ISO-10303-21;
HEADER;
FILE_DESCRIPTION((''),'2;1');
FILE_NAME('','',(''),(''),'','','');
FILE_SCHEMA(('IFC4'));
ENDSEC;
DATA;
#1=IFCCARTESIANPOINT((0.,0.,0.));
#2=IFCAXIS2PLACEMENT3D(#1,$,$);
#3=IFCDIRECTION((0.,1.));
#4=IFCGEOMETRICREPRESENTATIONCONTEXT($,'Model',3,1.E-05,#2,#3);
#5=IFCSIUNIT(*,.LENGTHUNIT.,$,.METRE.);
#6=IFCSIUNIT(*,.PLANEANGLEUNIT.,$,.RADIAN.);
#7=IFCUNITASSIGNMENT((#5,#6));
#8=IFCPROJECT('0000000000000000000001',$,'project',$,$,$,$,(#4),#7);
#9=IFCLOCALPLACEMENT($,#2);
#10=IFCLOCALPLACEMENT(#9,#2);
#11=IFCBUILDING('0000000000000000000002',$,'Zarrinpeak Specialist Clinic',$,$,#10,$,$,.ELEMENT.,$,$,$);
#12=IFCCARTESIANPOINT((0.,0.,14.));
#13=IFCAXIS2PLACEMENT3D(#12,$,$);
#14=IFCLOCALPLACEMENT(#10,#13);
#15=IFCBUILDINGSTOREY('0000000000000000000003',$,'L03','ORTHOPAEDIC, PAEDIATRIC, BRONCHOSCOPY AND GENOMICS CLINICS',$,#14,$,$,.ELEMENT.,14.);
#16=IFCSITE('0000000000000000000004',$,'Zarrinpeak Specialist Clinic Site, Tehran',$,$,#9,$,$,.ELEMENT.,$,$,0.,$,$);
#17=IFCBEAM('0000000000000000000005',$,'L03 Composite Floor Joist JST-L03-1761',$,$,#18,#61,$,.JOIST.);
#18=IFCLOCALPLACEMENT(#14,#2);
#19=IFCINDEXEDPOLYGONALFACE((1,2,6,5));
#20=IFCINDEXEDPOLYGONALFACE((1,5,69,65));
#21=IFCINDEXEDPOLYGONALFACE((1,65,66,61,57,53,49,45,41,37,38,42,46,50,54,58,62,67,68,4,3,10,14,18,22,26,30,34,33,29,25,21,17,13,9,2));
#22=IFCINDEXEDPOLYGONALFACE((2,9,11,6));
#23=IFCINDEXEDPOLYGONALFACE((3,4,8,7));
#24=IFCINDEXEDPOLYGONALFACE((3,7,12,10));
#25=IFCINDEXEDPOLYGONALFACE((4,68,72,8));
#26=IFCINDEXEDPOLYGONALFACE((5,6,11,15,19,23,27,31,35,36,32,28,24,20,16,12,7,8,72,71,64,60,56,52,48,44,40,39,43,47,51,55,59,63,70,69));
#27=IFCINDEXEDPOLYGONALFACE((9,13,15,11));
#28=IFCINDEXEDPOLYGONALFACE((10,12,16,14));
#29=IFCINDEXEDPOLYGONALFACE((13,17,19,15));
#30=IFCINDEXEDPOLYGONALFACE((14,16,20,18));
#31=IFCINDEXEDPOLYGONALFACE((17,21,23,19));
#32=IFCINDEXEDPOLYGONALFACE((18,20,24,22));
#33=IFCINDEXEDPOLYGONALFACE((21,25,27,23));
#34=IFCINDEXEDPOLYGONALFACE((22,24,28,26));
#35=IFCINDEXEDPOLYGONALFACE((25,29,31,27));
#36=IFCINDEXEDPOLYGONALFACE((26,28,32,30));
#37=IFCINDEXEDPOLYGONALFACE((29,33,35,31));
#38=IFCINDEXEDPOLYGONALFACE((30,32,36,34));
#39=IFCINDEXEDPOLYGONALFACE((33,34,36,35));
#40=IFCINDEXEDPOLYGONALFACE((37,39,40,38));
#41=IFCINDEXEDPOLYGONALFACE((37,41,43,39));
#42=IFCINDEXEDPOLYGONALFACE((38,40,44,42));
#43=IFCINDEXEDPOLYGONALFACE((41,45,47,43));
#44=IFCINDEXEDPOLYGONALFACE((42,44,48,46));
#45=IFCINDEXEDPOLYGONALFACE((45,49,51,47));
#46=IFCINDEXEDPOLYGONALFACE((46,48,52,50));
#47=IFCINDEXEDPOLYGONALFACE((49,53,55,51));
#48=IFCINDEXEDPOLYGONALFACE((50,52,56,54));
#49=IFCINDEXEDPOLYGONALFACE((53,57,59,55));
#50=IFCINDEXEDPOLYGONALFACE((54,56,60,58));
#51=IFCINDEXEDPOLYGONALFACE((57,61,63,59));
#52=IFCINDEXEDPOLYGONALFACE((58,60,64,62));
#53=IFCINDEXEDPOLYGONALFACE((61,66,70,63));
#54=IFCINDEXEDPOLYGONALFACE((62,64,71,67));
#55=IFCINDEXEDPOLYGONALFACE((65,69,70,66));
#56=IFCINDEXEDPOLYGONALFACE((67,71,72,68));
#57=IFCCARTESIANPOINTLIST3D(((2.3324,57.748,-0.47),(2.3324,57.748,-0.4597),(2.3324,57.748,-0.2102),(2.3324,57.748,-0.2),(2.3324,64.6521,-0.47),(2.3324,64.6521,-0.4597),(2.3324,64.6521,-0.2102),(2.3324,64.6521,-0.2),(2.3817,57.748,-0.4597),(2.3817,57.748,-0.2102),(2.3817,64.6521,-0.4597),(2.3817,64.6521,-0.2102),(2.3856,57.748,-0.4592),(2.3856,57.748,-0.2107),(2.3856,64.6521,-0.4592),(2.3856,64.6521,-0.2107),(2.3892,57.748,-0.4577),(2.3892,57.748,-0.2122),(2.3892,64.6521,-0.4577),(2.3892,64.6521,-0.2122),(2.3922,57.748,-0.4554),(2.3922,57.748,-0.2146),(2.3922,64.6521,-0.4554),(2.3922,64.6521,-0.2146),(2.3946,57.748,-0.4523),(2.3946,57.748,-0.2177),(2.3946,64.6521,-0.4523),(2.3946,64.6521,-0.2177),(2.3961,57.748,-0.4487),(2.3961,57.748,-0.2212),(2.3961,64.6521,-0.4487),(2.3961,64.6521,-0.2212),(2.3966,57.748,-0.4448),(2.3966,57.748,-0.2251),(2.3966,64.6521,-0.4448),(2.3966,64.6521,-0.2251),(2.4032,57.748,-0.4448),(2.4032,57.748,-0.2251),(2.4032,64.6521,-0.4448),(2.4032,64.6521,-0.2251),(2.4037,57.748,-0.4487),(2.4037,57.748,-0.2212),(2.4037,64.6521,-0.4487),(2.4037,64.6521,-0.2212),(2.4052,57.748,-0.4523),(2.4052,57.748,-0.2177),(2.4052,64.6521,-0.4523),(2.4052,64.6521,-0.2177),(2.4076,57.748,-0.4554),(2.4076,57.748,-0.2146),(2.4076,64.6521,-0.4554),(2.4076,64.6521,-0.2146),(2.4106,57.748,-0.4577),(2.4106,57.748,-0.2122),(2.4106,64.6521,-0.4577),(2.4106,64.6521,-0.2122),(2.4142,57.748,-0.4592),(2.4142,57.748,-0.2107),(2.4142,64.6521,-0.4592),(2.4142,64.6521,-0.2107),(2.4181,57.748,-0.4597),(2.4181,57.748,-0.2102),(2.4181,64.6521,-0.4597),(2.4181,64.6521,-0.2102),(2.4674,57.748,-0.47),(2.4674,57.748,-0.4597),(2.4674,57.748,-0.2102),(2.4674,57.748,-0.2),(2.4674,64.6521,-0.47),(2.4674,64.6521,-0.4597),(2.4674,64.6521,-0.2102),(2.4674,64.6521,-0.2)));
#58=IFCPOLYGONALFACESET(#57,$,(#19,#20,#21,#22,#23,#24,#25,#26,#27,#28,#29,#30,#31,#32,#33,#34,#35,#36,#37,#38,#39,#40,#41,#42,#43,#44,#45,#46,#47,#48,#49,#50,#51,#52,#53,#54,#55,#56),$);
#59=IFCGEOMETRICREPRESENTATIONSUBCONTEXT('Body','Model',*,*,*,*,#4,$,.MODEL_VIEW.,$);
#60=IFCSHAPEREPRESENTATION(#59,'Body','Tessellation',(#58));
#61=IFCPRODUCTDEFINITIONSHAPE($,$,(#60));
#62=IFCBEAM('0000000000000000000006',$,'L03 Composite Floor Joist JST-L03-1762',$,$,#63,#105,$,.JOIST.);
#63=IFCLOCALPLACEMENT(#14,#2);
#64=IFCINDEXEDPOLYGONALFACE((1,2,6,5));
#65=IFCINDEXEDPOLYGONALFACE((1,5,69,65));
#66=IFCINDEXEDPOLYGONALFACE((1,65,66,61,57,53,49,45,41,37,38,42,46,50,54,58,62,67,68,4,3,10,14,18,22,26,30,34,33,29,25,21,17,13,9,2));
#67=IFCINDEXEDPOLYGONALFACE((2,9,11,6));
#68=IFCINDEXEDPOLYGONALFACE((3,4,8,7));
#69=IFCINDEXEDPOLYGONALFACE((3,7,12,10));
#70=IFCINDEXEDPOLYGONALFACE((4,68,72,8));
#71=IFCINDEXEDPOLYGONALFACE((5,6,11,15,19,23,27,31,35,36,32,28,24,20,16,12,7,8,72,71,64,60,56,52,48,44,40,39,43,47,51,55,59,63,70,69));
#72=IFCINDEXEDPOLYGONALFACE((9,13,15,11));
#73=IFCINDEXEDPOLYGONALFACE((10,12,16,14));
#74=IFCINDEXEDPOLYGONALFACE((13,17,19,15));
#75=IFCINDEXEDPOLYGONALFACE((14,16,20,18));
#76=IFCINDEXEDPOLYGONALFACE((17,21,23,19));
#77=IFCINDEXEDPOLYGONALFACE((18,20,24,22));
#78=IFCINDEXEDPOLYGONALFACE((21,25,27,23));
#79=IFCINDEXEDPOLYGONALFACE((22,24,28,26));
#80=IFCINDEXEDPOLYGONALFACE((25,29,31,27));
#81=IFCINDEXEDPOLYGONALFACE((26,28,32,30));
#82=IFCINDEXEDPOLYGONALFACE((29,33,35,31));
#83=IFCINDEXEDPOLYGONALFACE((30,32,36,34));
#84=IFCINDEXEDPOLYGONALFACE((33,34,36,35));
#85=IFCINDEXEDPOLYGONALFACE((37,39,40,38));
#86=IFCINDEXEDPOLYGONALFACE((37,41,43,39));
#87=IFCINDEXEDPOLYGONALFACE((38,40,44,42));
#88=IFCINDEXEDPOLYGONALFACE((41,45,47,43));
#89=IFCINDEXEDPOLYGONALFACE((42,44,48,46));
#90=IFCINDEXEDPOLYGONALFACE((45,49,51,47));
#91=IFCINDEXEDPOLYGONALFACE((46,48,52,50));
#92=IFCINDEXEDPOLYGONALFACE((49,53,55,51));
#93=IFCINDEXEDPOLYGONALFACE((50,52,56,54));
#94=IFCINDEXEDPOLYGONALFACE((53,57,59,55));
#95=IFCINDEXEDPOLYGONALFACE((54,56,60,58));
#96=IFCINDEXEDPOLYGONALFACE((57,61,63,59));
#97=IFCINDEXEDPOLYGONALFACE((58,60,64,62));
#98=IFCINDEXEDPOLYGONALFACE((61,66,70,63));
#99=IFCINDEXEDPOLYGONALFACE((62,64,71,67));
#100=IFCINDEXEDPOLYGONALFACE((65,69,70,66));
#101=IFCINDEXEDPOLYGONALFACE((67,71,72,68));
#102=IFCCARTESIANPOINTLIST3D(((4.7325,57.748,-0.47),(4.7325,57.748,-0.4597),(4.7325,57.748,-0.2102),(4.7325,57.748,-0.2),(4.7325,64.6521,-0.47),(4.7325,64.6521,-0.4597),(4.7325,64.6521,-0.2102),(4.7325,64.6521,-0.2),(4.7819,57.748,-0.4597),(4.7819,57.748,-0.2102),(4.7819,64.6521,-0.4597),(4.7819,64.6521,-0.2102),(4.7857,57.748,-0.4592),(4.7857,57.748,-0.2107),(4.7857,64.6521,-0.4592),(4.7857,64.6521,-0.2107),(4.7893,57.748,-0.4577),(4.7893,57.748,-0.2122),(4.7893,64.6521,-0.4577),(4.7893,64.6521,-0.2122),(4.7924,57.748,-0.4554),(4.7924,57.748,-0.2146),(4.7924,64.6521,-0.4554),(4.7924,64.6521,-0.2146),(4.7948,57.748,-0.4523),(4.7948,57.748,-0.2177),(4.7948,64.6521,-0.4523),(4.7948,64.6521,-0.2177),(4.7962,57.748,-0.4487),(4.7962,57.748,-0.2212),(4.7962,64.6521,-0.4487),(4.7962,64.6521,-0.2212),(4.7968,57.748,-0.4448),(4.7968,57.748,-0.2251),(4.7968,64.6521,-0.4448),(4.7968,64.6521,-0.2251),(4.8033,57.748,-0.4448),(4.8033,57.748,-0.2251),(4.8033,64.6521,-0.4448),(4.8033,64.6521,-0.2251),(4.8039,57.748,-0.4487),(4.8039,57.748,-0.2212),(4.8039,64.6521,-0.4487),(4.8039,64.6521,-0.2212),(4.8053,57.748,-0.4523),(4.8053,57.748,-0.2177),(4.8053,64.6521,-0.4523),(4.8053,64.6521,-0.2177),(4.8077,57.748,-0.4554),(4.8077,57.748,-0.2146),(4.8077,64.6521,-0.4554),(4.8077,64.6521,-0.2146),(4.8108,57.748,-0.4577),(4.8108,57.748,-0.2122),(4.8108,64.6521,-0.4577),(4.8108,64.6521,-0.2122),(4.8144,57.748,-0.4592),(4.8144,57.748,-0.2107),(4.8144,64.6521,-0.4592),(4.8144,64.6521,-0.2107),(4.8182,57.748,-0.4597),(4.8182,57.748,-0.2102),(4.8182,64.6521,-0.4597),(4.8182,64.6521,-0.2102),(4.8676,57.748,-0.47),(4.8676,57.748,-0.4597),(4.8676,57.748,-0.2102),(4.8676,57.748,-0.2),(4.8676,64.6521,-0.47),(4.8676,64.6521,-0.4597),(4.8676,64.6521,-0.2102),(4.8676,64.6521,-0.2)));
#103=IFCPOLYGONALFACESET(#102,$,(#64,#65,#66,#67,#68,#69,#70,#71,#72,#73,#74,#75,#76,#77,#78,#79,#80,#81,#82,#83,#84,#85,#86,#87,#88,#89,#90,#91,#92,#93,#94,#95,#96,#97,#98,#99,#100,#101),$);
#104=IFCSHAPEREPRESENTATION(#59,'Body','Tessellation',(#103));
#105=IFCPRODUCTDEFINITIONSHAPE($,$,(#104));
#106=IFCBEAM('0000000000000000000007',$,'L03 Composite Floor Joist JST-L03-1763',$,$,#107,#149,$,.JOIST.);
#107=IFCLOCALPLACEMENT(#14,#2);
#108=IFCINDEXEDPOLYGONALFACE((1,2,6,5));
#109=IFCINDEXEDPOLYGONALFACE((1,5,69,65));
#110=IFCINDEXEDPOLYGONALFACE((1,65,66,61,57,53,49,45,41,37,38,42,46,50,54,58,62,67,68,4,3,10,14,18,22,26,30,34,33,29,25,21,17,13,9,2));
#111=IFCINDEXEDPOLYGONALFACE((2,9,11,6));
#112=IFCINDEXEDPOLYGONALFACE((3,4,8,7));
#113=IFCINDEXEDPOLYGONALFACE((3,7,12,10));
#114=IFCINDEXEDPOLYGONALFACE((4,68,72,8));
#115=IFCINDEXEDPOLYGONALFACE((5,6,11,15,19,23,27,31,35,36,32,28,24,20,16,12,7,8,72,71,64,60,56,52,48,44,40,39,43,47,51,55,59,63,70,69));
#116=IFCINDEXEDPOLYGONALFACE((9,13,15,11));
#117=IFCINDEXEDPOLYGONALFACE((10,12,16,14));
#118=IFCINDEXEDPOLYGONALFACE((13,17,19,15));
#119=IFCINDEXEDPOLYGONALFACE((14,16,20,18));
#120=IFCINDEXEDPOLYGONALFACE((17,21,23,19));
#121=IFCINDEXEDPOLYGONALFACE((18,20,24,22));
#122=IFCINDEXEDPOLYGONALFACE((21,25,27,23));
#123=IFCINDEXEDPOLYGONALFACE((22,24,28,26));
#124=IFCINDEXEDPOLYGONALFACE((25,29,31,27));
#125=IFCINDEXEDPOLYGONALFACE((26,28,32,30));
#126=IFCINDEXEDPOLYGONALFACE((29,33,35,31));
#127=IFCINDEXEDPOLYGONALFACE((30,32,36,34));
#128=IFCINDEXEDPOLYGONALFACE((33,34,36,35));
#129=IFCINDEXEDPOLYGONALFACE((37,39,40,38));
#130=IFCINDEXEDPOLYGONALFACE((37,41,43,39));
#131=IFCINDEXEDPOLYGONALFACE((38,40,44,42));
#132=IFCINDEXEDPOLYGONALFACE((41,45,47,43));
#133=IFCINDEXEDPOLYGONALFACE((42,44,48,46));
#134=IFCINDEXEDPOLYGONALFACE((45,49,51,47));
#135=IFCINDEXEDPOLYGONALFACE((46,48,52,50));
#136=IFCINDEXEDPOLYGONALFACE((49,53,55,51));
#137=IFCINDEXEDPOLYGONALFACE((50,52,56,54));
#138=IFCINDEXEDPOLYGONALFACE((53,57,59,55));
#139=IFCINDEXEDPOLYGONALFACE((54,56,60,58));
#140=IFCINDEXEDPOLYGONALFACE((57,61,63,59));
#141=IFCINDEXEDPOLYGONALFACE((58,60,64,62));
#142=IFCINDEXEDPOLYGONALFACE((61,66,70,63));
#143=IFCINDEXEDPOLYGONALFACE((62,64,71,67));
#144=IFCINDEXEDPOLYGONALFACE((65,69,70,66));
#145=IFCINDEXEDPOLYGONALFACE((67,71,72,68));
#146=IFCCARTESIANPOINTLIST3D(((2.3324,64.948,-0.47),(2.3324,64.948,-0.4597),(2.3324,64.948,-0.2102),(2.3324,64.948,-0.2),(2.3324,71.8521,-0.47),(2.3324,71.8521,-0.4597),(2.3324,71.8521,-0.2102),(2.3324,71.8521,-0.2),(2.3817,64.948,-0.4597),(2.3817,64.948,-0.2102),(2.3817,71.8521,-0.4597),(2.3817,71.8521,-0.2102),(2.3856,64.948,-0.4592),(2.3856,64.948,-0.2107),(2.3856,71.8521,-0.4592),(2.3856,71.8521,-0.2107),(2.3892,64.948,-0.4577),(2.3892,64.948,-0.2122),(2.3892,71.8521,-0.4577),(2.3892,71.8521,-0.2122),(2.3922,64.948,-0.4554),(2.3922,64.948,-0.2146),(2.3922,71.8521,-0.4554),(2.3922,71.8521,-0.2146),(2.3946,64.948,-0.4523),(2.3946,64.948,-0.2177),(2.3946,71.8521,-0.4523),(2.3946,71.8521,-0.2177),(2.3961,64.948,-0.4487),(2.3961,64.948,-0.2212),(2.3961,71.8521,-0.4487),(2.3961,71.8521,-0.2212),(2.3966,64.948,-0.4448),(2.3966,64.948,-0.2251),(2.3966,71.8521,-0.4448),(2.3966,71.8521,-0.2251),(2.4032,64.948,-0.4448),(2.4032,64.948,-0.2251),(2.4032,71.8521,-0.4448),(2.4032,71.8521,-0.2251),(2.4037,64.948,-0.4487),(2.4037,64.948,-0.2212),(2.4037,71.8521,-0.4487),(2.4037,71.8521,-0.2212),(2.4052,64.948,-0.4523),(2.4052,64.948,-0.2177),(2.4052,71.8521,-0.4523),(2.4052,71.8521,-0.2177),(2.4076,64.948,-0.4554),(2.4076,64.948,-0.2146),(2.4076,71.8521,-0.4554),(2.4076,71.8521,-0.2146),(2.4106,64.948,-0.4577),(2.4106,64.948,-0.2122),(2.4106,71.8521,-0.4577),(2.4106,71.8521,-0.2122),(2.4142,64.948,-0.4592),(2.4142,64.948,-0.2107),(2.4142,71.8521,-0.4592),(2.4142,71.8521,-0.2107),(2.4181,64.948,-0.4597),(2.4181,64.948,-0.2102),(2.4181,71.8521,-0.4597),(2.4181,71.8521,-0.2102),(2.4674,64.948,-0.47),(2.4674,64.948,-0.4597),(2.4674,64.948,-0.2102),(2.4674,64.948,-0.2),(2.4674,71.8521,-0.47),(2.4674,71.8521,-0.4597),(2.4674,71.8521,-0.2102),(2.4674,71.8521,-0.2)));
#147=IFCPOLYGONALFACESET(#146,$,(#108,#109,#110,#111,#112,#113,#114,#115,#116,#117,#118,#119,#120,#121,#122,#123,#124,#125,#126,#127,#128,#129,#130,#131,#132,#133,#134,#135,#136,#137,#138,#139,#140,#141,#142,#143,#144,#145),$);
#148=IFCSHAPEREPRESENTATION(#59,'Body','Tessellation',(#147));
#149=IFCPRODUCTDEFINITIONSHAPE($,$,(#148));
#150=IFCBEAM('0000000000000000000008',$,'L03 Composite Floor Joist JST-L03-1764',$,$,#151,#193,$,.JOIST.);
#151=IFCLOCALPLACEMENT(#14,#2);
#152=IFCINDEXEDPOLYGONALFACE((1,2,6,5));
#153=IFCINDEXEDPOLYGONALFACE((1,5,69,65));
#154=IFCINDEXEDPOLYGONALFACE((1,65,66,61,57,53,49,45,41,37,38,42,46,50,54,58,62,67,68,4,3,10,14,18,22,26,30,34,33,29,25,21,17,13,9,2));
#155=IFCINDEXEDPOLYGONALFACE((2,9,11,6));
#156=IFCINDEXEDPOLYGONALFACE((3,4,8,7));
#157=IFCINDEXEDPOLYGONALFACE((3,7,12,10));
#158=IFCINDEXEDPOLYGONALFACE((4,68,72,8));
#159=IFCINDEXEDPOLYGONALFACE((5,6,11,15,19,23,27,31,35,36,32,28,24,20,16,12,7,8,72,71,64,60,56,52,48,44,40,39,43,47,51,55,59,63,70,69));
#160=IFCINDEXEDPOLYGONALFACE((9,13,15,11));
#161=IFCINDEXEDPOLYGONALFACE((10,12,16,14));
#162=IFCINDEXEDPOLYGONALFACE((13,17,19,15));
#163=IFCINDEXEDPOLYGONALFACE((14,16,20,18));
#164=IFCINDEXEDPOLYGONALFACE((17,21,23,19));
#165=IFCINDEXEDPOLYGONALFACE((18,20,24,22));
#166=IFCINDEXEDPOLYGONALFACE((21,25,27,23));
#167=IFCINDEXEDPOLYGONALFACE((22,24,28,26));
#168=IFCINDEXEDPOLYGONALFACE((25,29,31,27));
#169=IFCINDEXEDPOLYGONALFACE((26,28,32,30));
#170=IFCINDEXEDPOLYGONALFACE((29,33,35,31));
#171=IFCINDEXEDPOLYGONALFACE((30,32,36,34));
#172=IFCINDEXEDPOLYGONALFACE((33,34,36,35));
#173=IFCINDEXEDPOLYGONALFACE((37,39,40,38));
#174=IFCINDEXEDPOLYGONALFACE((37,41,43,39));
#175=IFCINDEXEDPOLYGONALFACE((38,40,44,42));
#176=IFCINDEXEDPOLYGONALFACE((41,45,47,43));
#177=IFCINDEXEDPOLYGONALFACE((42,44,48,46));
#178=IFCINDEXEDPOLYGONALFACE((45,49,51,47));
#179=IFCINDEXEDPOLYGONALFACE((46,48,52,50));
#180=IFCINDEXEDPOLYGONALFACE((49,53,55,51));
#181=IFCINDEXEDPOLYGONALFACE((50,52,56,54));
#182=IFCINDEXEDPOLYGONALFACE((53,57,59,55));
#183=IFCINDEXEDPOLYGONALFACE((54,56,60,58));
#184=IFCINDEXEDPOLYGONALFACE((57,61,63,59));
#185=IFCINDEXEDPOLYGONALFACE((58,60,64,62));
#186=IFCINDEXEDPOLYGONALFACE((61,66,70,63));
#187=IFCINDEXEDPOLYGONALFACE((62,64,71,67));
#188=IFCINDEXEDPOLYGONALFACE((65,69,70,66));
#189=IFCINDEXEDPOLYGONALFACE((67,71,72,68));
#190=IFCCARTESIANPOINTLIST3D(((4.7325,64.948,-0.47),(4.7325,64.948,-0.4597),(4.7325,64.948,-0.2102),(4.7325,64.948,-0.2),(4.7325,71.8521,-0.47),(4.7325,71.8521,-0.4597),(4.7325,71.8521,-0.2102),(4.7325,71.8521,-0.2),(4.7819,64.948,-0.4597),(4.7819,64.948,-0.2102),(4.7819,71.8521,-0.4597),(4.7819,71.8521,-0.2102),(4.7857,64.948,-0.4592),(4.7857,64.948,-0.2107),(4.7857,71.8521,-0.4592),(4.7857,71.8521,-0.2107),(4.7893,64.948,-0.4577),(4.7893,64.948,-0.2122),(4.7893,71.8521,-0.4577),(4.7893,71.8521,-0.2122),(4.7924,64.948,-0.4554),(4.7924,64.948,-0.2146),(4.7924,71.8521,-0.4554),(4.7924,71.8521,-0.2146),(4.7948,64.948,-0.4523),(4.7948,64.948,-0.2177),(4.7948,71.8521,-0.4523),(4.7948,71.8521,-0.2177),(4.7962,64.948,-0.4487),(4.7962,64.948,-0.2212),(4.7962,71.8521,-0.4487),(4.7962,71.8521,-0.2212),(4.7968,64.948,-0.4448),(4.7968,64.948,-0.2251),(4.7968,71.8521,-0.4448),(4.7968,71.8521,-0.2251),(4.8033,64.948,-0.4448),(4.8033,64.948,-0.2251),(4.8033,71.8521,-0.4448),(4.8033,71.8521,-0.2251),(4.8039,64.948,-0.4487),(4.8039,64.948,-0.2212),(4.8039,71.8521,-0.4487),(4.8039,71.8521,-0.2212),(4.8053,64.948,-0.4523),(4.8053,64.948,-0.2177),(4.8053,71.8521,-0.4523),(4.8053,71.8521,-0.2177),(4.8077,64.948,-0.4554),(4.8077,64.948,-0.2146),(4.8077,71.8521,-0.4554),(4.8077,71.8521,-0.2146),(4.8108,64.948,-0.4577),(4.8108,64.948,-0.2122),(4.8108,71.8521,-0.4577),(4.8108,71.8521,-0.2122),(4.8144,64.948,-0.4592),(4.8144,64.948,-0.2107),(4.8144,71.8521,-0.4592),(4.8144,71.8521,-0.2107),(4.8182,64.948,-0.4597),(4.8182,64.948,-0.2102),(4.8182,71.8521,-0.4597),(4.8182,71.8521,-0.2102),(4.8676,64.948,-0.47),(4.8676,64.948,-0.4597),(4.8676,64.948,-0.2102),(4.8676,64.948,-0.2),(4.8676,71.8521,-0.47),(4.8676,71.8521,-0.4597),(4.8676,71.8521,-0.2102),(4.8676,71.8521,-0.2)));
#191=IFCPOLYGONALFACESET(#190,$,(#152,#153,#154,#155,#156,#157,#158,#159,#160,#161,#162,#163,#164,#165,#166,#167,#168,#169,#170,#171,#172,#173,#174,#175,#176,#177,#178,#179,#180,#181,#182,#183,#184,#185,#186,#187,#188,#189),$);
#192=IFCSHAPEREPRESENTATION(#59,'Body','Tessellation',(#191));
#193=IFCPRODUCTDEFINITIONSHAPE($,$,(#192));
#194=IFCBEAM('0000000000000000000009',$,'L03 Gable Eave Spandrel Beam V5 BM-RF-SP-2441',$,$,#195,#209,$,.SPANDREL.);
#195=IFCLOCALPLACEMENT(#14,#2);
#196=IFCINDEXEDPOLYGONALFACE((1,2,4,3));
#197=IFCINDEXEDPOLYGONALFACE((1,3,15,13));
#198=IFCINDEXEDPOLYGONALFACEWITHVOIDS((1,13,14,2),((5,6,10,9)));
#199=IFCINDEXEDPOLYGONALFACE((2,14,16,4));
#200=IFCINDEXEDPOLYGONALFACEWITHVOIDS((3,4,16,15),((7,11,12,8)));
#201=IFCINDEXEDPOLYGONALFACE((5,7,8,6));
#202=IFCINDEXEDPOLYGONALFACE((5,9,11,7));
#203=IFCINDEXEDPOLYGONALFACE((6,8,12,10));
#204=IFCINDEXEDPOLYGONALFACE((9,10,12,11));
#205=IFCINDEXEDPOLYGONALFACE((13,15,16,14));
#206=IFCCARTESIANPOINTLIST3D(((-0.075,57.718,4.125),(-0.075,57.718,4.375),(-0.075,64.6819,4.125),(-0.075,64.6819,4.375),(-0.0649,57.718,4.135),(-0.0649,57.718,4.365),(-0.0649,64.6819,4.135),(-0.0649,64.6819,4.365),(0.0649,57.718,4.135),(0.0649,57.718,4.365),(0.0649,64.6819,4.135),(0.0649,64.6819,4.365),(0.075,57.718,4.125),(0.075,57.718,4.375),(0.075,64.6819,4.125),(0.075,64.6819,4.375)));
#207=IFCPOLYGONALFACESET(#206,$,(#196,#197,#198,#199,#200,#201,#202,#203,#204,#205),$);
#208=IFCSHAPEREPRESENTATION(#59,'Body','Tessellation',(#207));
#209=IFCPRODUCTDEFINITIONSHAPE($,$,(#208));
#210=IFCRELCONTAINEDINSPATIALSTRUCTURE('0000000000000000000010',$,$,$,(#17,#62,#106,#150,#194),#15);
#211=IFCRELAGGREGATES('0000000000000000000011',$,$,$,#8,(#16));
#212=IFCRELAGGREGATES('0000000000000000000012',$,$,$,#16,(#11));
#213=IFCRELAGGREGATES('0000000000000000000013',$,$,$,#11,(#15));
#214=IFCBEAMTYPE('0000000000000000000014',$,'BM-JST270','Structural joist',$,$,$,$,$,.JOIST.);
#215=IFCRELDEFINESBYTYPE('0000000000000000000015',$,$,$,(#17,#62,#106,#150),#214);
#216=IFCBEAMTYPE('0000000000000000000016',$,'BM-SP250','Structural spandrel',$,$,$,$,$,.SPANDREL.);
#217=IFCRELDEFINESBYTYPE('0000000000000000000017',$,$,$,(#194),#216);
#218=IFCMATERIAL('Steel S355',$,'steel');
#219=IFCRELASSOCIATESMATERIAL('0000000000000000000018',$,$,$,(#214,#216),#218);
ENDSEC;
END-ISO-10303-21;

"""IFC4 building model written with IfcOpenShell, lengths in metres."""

from ifc_helpers import new_model, si_unit, direction, frame, origin, origin_2d, place, context, subcontext, project, spatial, hollow_rectangle, i_section, extrude, material, material_profile, profile_set, type_object, element, save


model = new_model("IFC4")

# Units and contexts
model_context = context("Model", 3, precision=1e-05, world=origin(), true_north=direction((0.0, 1.0)))
body_context = subcontext(model_context, "Body", "Model", "MODEL_VIEW")
ifc_project = project(units=[si_unit("LENGTHUNIT", "METRE"), si_unit("PLANEANGLEUNIT", "RADIAN")], contexts=[model_context])

# Site, building, storey
site_placement = place(None, origin())
site = spatial("IfcSite", under=ifc_project, at=site_placement, Name="Zarrinpeak Specialist Clinic Site, Tehran", CompositionType="ELEMENT", RefElevation=0.0)
building_placement = place(site_placement, origin())
building = spatial("IfcBuilding", under=site, at=building_placement, Name="Zarrinpeak Specialist Clinic", CompositionType="ELEMENT")
storey_placement = place(building_placement, frame((0.0, 0.0, 14.0)))
storey = spatial("IfcBuildingStorey", under=building, at=storey_placement, Name="L03", Description="ORTHOPAEDIC, PAEDIATRIC, BRONCHOSCOPY AND GENOMICS CLINICS", CompositionType="ELEMENT", Elevation=14.0)

# Shared definitions
ifc_material_1 = material(Name="Steel S355", Category="steel")

# Beams
ifc_material_profile_1 = material_profile(ifc_material_1, i_section(OverallWidth=0.135, OverallDepth=0.27, WebThickness=0.0066, FlangeThickness=0.0103, FilletRadius=0.0149, at=origin_2d()), Name="IPE 270")
ifc_profile_set_1 = profile_set([ifc_material_profile_1], Name="Steel S355")
beam_type_1 = type_object("IfcBeamType", Name="BM-JST270", Description="Structural joist", PredefinedType="JOIST", material=ifc_profile_set_1)
for number, where, z_axis, x_axis, name in (
    (1, (2.3999, 57.748, -0.335), (0.0, 1.0, 0.0), (-1.0, 0.0, 0.0), "L03 Composite Floor Joist JST-L03-1761"),
    (2, (4.8, 57.748, -0.335), (0.0, 1.0, 0.0), (-1.0, 0.0, 0.0), "L03 Composite Floor Joist JST-L03-1762"),
    (3, (2.3999, 64.948, -0.335), (0.0, 1.0, 0.0), (-1.0, 0.0, 0.0), "L03 Composite Floor Joist JST-L03-1763"),
    (4, (4.8, 64.948, -0.335), (0.0, 1.0, 0.0), (-1.0, 0.0, 0.0), "L03 Composite Floor Joist JST-L03-1764"),
):
    element("IfcBeam", number, at=place(storey_placement, frame(where, z_axis=z_axis, x_axis=x_axis)), inside=storey, type_object=beam_type_1, Name=name, PredefinedType="JOIST", context=body_context, shape_type="SweptSolid", body=[
        extrude(i_section(OverallWidth=0.135, OverallDepth=0.27, WebThickness=0.0066, FlangeThickness=0.0103, FilletRadius=0.0149, at=origin_2d()), origin(), (0.0, 0.0, 1.0), 6.9041),
    ])
ifc_material_profile_2 = material_profile(ifc_material_1, hollow_rectangle(XDim=0.1499, YDim=0.25, WallThickness=0.01, at=origin_2d()), Name="RHS 250x150x10.0")
ifc_profile_set_2 = profile_set([ifc_material_profile_2], Name="Steel S355")
beam_type_2 = type_object("IfcBeamType", Name="BM-SP250", Description="Structural spandrel", PredefinedType="SPANDREL", material=ifc_profile_set_2)
beam_1_placement = place(storey_placement, frame((0.0, 57.718, 4.25), z_axis=(0.0, 1.0, 0.0), x_axis=(-1.0, 0.0, 0.0)))
element("IfcBeam", 5, at=beam_1_placement, inside=storey, type_object=beam_type_2, Name="L03 Gable Eave Spandrel Beam V5 BM-RF-SP-2441", PredefinedType="SPANDREL", context=body_context, shape_type="SweptSolid", body=[
    extrude(hollow_rectangle(XDim=0.1499, YDim=0.25, WallThickness=0.01, at=origin_2d()), origin(), (0.0, 0.0, 1.0), 6.9639),
])

save(model, "model.ifc")
